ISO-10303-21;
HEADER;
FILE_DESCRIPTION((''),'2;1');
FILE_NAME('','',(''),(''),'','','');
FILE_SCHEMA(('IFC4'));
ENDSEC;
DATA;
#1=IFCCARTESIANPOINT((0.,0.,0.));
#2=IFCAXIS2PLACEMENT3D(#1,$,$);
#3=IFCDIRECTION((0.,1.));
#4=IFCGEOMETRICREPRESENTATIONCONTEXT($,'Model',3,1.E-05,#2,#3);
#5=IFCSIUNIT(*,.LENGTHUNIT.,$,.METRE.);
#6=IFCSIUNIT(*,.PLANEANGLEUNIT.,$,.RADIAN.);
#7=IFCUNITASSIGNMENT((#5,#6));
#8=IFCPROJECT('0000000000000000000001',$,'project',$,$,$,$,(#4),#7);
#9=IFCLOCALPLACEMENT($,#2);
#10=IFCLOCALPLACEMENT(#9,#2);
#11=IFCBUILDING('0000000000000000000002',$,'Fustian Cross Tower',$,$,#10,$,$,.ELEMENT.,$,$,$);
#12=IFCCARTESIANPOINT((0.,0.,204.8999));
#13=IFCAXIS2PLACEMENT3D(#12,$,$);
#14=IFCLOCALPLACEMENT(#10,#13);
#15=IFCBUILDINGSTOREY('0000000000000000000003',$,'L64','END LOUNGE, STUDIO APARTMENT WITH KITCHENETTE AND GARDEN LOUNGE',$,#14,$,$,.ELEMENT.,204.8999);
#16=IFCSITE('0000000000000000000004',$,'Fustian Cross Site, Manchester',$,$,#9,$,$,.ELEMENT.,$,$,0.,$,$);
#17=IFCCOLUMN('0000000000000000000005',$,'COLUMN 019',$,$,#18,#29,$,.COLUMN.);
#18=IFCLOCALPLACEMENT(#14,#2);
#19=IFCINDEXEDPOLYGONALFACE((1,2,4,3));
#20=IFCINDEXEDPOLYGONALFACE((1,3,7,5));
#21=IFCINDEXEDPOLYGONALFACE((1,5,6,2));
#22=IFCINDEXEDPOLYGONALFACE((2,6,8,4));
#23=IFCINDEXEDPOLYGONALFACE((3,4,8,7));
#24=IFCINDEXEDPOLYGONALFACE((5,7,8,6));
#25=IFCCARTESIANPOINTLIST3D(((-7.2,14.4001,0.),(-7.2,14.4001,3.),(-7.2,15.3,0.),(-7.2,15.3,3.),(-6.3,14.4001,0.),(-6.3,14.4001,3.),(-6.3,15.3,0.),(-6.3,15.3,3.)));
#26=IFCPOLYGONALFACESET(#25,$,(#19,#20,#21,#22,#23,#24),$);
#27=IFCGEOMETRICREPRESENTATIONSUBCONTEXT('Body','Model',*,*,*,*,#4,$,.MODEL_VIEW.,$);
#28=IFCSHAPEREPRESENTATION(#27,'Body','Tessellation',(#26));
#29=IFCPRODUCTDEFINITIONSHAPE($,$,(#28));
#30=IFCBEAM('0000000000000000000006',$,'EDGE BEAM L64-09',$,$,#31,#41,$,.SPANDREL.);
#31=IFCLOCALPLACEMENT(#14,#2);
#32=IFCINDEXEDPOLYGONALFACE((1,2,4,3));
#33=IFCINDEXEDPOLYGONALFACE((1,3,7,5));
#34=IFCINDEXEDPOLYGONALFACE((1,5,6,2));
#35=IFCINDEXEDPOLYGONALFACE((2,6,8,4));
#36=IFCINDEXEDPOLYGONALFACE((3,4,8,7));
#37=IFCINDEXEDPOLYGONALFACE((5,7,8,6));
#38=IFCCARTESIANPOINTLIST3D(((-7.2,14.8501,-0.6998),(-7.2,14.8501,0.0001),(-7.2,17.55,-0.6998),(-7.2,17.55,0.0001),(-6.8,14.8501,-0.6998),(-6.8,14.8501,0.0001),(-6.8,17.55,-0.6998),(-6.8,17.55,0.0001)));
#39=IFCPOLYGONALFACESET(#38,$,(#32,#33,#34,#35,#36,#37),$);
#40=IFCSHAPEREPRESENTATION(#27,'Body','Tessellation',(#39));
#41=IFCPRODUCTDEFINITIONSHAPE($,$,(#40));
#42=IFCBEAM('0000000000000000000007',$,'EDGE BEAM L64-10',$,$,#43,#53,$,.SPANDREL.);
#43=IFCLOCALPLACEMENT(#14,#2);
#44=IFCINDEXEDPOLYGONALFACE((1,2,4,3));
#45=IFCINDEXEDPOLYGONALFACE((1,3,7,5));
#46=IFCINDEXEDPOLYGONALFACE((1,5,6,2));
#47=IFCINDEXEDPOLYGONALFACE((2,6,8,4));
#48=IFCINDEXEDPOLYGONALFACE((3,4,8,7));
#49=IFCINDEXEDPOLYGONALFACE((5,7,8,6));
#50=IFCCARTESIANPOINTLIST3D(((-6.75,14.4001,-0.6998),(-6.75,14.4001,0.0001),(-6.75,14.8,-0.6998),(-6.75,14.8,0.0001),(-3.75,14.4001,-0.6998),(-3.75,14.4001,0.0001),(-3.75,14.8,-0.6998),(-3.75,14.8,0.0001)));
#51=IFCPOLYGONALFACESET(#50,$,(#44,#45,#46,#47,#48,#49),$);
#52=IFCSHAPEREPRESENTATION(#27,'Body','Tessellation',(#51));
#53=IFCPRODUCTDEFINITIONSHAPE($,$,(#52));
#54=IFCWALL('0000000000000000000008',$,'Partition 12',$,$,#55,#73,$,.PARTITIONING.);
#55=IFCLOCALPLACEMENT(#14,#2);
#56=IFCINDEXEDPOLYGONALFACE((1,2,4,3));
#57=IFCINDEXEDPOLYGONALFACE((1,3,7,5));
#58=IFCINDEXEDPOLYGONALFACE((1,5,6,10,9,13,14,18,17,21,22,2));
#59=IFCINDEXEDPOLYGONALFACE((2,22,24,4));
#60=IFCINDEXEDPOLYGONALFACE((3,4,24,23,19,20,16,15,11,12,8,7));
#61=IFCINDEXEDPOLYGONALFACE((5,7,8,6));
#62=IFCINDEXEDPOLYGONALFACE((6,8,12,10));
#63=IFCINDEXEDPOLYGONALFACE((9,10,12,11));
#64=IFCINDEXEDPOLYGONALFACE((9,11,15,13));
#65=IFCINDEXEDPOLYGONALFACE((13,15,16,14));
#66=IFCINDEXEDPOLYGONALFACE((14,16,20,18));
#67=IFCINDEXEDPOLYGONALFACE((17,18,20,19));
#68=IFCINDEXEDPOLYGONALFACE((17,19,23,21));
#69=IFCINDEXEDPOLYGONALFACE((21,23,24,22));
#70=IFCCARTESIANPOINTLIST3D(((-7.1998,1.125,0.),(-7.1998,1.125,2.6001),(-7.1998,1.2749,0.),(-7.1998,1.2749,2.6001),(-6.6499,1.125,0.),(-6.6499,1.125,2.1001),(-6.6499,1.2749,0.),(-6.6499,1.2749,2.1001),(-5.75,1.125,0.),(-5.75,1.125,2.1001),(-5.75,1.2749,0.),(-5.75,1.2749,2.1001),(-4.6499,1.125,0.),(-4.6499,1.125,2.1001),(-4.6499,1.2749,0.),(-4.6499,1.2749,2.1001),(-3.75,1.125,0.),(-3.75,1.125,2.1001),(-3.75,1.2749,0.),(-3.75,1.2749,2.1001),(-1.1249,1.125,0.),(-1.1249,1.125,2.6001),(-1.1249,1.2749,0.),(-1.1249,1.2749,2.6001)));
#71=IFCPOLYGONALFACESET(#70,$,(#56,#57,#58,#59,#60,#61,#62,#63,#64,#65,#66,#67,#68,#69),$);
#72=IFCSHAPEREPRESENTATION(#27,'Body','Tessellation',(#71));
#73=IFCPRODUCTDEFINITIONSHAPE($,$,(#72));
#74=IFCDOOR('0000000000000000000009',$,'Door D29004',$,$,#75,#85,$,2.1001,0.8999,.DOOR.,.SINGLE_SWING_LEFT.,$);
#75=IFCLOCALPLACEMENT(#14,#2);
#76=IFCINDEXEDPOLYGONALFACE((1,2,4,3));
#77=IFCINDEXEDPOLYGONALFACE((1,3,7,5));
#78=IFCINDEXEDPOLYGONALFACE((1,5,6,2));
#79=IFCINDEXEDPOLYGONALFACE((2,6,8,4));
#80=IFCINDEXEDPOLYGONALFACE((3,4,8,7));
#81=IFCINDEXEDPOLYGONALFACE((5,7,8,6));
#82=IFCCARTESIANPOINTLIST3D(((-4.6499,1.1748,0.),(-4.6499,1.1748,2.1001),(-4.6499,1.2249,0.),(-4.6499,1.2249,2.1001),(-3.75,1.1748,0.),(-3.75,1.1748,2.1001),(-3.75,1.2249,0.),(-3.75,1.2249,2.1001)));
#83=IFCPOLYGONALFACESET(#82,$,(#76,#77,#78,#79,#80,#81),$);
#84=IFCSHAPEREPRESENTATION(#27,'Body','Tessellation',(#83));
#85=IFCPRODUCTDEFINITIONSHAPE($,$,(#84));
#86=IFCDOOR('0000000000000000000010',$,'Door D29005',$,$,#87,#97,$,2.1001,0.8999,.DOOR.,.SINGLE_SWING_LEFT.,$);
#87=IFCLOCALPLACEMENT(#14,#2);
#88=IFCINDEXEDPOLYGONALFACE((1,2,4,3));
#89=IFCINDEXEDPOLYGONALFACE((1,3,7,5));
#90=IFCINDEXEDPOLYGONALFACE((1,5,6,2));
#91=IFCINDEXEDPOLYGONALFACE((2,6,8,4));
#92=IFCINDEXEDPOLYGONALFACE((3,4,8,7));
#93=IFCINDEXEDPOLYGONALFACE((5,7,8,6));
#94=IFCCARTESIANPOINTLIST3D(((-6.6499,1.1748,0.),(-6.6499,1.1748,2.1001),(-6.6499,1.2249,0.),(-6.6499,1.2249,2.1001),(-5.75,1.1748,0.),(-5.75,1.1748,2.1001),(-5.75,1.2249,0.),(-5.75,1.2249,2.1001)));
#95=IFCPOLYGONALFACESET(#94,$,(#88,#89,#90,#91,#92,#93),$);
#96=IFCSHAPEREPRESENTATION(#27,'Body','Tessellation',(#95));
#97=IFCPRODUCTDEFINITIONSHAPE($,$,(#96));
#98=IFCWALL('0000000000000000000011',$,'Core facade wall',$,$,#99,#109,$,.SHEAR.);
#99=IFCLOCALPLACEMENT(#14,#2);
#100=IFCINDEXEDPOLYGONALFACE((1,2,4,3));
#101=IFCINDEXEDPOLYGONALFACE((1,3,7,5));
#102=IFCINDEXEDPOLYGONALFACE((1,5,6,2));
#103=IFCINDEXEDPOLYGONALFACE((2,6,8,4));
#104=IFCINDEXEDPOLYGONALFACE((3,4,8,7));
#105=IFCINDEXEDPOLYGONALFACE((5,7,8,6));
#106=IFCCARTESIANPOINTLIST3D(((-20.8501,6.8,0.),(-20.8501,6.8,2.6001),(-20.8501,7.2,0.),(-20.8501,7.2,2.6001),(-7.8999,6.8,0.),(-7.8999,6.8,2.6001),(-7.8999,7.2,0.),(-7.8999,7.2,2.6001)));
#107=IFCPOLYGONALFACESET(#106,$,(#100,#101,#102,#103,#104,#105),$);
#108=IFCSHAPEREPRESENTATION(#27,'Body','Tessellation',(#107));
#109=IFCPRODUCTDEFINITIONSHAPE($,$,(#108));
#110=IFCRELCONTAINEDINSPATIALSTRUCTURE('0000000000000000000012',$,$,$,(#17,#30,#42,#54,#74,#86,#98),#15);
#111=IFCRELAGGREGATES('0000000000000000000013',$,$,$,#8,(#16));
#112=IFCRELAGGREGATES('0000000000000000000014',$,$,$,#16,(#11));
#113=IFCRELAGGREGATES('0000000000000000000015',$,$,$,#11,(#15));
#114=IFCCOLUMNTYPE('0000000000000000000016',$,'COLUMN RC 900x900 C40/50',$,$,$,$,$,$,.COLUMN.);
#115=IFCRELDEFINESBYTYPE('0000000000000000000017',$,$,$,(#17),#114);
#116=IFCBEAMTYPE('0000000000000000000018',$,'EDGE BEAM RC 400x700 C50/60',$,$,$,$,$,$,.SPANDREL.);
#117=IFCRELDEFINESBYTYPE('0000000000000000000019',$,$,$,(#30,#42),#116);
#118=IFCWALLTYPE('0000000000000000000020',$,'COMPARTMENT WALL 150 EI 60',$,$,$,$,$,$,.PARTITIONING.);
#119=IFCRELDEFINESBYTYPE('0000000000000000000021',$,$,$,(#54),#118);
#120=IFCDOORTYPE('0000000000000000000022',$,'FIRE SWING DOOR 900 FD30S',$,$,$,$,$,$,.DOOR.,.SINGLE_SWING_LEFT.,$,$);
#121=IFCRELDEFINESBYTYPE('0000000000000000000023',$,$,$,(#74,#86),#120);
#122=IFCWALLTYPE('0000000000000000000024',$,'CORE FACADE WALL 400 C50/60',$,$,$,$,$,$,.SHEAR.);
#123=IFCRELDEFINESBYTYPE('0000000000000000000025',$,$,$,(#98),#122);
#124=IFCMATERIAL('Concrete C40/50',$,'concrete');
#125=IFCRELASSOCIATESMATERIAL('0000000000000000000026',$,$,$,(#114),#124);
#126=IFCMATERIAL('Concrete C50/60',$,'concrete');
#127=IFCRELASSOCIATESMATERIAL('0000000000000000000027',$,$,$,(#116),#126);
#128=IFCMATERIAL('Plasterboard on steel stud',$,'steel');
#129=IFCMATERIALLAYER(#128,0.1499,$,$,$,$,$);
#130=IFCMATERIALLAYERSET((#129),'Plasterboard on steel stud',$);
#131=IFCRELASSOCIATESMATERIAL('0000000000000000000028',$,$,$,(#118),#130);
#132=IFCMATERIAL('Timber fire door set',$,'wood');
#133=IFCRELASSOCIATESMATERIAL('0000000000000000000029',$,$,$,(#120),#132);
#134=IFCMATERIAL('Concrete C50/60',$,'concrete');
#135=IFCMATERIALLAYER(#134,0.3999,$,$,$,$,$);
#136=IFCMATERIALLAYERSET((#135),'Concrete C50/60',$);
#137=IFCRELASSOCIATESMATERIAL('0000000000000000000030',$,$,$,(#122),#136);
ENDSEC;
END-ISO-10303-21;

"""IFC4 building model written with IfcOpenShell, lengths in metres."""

from ifc_helpers import new_model, si_unit, direction, frame, frame_2d, origin, origin_2d, place, context, subcontext, project, spatial, rectangle, extrude, material, layer, layer_set, material_profile, profile_set, type_object, element, fill, save


model = new_model("IFC4")

# Units and contexts
model_context = context("Model", 3, precision=1e-05, world=origin(), true_north=direction((0.0, 1.0)))
body_context = subcontext(model_context, "Body", "Model", "MODEL_VIEW")
ifc_project = project(units=[si_unit("LENGTHUNIT", "METRE"), si_unit("PLANEANGLEUNIT", "RADIAN")], contexts=[model_context])

# Site, building, storey
site_placement = place(None, origin())
site = spatial("IfcSite", under=ifc_project, at=site_placement, Name="Fustian Cross Site, Manchester", CompositionType="ELEMENT", RefElevation=0.0)
building_placement = place(site_placement, origin())
building = spatial("IfcBuilding", under=site, at=building_placement, Name="Fustian Cross Tower", CompositionType="ELEMENT")
storey_placement = place(building_placement, frame((0.0, 0.0, 204.8999)))
storey = spatial("IfcBuildingStorey", under=building, at=storey_placement, Name="L64", Description="END LOUNGE, STUDIO APARTMENT WITH KITCHENETTE AND GARDEN LOUNGE", CompositionType="ELEMENT", Elevation=204.8999)

# Column
ifc_material_1 = material(Name="Concrete C40/50", Category="concrete")
ifc_material_profile_1 = material_profile(ifc_material_1, rectangle(XDim=0.8999, YDim=0.8999, at=origin_2d()), Name="RC 900x900")
ifc_profile_set_1 = profile_set([ifc_material_profile_1], Name="Concrete C40/50")
column_type = type_object("IfcColumnType", Name="COLUMN RC 900x900 C40/50", PredefinedType="COLUMN", material=ifc_profile_set_1)
column_placement = place(storey_placement, frame((-6.75, 14.8501, 0.0), z_axis=(0.0, 0.0, 1.0), x_axis=(1.0, 0.0, 0.0)))
element("IfcColumn", 1, at=column_placement, inside=storey, type_object=column_type, Name="COLUMN 019", PredefinedType="COLUMN", context=body_context, shape_type="SweptSolid", body=[
    extrude(rectangle(XDim=0.8999, YDim=0.8999, at=origin_2d()), origin(), (0.0, 0.0, 1.0), 3.0),
])

# Beams
ifc_material_2 = material(Name="Concrete C50/60", Category="concrete")
ifc_material_profile_2 = material_profile(ifc_material_2, rectangle(XDim=0.3999, YDim=0.7, at=origin_2d()), Name="RC 400x700")
ifc_profile_set_2 = profile_set([ifc_material_profile_2], Name="Concrete C50/60")
beam_type = type_object("IfcBeamType", Name="EDGE BEAM RC 400x700 C50/60", PredefinedType="SPANDREL", material=ifc_profile_set_2)
beam_1_placement = place(storey_placement, frame((-7.0, 17.55, -0.3499), z_axis=(0.0, -1.0, 0.0), x_axis=(1.0, 0.0, 0.0)))
element("IfcBeam", 2, at=beam_1_placement, inside=storey, type_object=beam_type, Name="EDGE BEAM L64-09", PredefinedType="SPANDREL", context=body_context, shape_type="SweptSolid", body=[
    extrude(rectangle(XDim=0.3999, YDim=0.7, at=origin_2d()), origin(), (0.0, 0.0, 1.0), 2.7),
])
beam_2_placement = place(storey_placement, frame((-6.75, 14.6001, -0.3499), z_axis=(1.0, 0.0, 0.0), x_axis=(0.0, 1.0, 0.0)))
element("IfcBeam", 3, at=beam_2_placement, inside=storey, type_object=beam_type, Name="EDGE BEAM L64-10", PredefinedType="SPANDREL", context=body_context, shape_type="SweptSolid", body=[
    extrude(rectangle(XDim=0.3999, YDim=0.7, at=origin_2d()), origin(), (0.0, 0.0, 1.0), 3.0),
])

# Wall, openings, doors
ifc_material_3 = material(Name="Plasterboard on steel stud", Category="steel")
ifc_layer_1 = layer(ifc_material_3, 0.1499)
ifc_layer_set_1 = layer_set([ifc_layer_1], Name="Plasterboard on steel stud")
wall_type_1 = type_object("IfcWallType", Name="COMPARTMENT WALL 150 EI 60", PredefinedType="PARTITIONING", material=ifc_layer_set_1)
wall_1_placement = place(storey_placement, frame((-7.2, 1.2, 0.0), z_axis=(0.0, 0.0, 1.0), x_axis=(1.0, 0.0, 0.0)))
wall_1 = element("IfcWall", 4, at=wall_1_placement, inside=storey, type_object=wall_type_1, Name="Partition 12", PredefinedType="PARTITIONING", context=body_context, shape_type="SweptSolid", body=[
    extrude(rectangle(XDim=6.075, YDim=0.1499, at=frame_2d((3.0376, 0.0))), origin(), (0.0, 0.0, 1.0), 2.6001),
])
opening_1_placement = place(wall_1_placement, frame((2.55, 0.0, 0.0)))
opening_1 = element("IfcOpeningElement", 5, at=opening_1_placement, cuts=wall_1, PredefinedType="OPENING", context=body_context, shape_type="SweptSolid", body=[
    extrude(rectangle(XDim=0.8999, YDim=2.1001, at=frame_2d((0.45, 1.05))), frame((0.0, 0.085, 0.0), z_axis=(0.0, -1.0, 0.0), x_axis=(1.0, 0.0, 0.0)), (0.0, 0.0, 1.0), 0.1699),
])
opening_2_placement = place(wall_1_placement, frame((0.55, 0.0, 0.0)))
opening_2 = element("IfcOpeningElement", 6, at=opening_2_placement, cuts=wall_1, PredefinedType="OPENING", context=body_context, shape_type="SweptSolid", body=[
    extrude(rectangle(XDim=0.8999, YDim=2.1001, at=frame_2d((0.45, 1.05))), frame((0.0, 0.085, 0.0), z_axis=(0.0, -1.0, 0.0), x_axis=(1.0, 0.0, 0.0)), (0.0, 0.0, 1.0), 0.1699),
])
ifc_material_4 = material(Name="Timber fire door set", Category="wood")
door_type_1 = type_object("IfcDoorType", Name="FIRE SWING DOOR 900 FD30S", OperationType="SINGLE_SWING_LEFT", PredefinedType="DOOR", material=ifc_material_4)
door_1_placement = place(opening_1_placement, origin())
door_1 = element("IfcDoor", 7, at=door_1_placement, inside=storey, type_object=door_type_1, Name="Door D29004", OperationType="SINGLE_SWING_LEFT", OverallHeight=2.1001, OverallWidth=0.8999, PredefinedType="DOOR", context=body_context, shape_type="SweptSolid", body=[
    extrude(rectangle(XDim=0.8999, YDim=2.1001, at=frame_2d((0.45, 1.05))), frame((0.0, 0.0249, 0.0), z_axis=(0.0, -1.0, 0.0), x_axis=(1.0, 0.0, 0.0)), (0.0, 0.0, 1.0), 0.05),
])
fill(opening_1, door_1)
door_2_placement = place(opening_2_placement, origin())
door_2 = element("IfcDoor", 8, at=door_2_placement, inside=storey, type_object=door_type_1, Name="Door D29005", OperationType="SINGLE_SWING_LEFT", OverallHeight=2.1001, OverallWidth=0.8999, PredefinedType="DOOR", context=body_context, shape_type="SweptSolid", body=[
    extrude(rectangle(XDim=0.8999, YDim=2.1001, at=frame_2d((0.45, 1.05))), frame((0.0, 0.0249, 0.0), z_axis=(0.0, -1.0, 0.0), x_axis=(1.0, 0.0, 0.0)), (0.0, 0.0, 1.0), 0.05),
])
fill(opening_2, door_2)

# Wall
ifc_material_5 = material(Name="Concrete C50/60", Category="concrete")
ifc_layer_2 = layer(ifc_material_5, 0.3999)
ifc_layer_set_2 = layer_set([ifc_layer_2], Name="Concrete C50/60")
wall_type_2 = type_object("IfcWallType", Name="CORE FACADE WALL 400 C50/60", PredefinedType="SHEAR", material=ifc_layer_set_2)
wall_2_placement = place(storey_placement, frame((-7.8999, 7.0, 0.0), z_axis=(0.0, 0.0, 1.0), x_axis=(-1.0, 0.0, 0.0)))
element("IfcWall", 9, at=wall_2_placement, inside=storey, type_object=wall_type_2, Name="Core facade wall", PredefinedType="SHEAR", context=body_context, shape_type="SweptSolid", body=[
    extrude(rectangle(XDim=12.9502, YDim=0.3999, at=frame_2d((6.4751, 0.0))), origin(), (0.0, 0.0, 1.0), 2.6001),
])

save(model, "model.ifc")
